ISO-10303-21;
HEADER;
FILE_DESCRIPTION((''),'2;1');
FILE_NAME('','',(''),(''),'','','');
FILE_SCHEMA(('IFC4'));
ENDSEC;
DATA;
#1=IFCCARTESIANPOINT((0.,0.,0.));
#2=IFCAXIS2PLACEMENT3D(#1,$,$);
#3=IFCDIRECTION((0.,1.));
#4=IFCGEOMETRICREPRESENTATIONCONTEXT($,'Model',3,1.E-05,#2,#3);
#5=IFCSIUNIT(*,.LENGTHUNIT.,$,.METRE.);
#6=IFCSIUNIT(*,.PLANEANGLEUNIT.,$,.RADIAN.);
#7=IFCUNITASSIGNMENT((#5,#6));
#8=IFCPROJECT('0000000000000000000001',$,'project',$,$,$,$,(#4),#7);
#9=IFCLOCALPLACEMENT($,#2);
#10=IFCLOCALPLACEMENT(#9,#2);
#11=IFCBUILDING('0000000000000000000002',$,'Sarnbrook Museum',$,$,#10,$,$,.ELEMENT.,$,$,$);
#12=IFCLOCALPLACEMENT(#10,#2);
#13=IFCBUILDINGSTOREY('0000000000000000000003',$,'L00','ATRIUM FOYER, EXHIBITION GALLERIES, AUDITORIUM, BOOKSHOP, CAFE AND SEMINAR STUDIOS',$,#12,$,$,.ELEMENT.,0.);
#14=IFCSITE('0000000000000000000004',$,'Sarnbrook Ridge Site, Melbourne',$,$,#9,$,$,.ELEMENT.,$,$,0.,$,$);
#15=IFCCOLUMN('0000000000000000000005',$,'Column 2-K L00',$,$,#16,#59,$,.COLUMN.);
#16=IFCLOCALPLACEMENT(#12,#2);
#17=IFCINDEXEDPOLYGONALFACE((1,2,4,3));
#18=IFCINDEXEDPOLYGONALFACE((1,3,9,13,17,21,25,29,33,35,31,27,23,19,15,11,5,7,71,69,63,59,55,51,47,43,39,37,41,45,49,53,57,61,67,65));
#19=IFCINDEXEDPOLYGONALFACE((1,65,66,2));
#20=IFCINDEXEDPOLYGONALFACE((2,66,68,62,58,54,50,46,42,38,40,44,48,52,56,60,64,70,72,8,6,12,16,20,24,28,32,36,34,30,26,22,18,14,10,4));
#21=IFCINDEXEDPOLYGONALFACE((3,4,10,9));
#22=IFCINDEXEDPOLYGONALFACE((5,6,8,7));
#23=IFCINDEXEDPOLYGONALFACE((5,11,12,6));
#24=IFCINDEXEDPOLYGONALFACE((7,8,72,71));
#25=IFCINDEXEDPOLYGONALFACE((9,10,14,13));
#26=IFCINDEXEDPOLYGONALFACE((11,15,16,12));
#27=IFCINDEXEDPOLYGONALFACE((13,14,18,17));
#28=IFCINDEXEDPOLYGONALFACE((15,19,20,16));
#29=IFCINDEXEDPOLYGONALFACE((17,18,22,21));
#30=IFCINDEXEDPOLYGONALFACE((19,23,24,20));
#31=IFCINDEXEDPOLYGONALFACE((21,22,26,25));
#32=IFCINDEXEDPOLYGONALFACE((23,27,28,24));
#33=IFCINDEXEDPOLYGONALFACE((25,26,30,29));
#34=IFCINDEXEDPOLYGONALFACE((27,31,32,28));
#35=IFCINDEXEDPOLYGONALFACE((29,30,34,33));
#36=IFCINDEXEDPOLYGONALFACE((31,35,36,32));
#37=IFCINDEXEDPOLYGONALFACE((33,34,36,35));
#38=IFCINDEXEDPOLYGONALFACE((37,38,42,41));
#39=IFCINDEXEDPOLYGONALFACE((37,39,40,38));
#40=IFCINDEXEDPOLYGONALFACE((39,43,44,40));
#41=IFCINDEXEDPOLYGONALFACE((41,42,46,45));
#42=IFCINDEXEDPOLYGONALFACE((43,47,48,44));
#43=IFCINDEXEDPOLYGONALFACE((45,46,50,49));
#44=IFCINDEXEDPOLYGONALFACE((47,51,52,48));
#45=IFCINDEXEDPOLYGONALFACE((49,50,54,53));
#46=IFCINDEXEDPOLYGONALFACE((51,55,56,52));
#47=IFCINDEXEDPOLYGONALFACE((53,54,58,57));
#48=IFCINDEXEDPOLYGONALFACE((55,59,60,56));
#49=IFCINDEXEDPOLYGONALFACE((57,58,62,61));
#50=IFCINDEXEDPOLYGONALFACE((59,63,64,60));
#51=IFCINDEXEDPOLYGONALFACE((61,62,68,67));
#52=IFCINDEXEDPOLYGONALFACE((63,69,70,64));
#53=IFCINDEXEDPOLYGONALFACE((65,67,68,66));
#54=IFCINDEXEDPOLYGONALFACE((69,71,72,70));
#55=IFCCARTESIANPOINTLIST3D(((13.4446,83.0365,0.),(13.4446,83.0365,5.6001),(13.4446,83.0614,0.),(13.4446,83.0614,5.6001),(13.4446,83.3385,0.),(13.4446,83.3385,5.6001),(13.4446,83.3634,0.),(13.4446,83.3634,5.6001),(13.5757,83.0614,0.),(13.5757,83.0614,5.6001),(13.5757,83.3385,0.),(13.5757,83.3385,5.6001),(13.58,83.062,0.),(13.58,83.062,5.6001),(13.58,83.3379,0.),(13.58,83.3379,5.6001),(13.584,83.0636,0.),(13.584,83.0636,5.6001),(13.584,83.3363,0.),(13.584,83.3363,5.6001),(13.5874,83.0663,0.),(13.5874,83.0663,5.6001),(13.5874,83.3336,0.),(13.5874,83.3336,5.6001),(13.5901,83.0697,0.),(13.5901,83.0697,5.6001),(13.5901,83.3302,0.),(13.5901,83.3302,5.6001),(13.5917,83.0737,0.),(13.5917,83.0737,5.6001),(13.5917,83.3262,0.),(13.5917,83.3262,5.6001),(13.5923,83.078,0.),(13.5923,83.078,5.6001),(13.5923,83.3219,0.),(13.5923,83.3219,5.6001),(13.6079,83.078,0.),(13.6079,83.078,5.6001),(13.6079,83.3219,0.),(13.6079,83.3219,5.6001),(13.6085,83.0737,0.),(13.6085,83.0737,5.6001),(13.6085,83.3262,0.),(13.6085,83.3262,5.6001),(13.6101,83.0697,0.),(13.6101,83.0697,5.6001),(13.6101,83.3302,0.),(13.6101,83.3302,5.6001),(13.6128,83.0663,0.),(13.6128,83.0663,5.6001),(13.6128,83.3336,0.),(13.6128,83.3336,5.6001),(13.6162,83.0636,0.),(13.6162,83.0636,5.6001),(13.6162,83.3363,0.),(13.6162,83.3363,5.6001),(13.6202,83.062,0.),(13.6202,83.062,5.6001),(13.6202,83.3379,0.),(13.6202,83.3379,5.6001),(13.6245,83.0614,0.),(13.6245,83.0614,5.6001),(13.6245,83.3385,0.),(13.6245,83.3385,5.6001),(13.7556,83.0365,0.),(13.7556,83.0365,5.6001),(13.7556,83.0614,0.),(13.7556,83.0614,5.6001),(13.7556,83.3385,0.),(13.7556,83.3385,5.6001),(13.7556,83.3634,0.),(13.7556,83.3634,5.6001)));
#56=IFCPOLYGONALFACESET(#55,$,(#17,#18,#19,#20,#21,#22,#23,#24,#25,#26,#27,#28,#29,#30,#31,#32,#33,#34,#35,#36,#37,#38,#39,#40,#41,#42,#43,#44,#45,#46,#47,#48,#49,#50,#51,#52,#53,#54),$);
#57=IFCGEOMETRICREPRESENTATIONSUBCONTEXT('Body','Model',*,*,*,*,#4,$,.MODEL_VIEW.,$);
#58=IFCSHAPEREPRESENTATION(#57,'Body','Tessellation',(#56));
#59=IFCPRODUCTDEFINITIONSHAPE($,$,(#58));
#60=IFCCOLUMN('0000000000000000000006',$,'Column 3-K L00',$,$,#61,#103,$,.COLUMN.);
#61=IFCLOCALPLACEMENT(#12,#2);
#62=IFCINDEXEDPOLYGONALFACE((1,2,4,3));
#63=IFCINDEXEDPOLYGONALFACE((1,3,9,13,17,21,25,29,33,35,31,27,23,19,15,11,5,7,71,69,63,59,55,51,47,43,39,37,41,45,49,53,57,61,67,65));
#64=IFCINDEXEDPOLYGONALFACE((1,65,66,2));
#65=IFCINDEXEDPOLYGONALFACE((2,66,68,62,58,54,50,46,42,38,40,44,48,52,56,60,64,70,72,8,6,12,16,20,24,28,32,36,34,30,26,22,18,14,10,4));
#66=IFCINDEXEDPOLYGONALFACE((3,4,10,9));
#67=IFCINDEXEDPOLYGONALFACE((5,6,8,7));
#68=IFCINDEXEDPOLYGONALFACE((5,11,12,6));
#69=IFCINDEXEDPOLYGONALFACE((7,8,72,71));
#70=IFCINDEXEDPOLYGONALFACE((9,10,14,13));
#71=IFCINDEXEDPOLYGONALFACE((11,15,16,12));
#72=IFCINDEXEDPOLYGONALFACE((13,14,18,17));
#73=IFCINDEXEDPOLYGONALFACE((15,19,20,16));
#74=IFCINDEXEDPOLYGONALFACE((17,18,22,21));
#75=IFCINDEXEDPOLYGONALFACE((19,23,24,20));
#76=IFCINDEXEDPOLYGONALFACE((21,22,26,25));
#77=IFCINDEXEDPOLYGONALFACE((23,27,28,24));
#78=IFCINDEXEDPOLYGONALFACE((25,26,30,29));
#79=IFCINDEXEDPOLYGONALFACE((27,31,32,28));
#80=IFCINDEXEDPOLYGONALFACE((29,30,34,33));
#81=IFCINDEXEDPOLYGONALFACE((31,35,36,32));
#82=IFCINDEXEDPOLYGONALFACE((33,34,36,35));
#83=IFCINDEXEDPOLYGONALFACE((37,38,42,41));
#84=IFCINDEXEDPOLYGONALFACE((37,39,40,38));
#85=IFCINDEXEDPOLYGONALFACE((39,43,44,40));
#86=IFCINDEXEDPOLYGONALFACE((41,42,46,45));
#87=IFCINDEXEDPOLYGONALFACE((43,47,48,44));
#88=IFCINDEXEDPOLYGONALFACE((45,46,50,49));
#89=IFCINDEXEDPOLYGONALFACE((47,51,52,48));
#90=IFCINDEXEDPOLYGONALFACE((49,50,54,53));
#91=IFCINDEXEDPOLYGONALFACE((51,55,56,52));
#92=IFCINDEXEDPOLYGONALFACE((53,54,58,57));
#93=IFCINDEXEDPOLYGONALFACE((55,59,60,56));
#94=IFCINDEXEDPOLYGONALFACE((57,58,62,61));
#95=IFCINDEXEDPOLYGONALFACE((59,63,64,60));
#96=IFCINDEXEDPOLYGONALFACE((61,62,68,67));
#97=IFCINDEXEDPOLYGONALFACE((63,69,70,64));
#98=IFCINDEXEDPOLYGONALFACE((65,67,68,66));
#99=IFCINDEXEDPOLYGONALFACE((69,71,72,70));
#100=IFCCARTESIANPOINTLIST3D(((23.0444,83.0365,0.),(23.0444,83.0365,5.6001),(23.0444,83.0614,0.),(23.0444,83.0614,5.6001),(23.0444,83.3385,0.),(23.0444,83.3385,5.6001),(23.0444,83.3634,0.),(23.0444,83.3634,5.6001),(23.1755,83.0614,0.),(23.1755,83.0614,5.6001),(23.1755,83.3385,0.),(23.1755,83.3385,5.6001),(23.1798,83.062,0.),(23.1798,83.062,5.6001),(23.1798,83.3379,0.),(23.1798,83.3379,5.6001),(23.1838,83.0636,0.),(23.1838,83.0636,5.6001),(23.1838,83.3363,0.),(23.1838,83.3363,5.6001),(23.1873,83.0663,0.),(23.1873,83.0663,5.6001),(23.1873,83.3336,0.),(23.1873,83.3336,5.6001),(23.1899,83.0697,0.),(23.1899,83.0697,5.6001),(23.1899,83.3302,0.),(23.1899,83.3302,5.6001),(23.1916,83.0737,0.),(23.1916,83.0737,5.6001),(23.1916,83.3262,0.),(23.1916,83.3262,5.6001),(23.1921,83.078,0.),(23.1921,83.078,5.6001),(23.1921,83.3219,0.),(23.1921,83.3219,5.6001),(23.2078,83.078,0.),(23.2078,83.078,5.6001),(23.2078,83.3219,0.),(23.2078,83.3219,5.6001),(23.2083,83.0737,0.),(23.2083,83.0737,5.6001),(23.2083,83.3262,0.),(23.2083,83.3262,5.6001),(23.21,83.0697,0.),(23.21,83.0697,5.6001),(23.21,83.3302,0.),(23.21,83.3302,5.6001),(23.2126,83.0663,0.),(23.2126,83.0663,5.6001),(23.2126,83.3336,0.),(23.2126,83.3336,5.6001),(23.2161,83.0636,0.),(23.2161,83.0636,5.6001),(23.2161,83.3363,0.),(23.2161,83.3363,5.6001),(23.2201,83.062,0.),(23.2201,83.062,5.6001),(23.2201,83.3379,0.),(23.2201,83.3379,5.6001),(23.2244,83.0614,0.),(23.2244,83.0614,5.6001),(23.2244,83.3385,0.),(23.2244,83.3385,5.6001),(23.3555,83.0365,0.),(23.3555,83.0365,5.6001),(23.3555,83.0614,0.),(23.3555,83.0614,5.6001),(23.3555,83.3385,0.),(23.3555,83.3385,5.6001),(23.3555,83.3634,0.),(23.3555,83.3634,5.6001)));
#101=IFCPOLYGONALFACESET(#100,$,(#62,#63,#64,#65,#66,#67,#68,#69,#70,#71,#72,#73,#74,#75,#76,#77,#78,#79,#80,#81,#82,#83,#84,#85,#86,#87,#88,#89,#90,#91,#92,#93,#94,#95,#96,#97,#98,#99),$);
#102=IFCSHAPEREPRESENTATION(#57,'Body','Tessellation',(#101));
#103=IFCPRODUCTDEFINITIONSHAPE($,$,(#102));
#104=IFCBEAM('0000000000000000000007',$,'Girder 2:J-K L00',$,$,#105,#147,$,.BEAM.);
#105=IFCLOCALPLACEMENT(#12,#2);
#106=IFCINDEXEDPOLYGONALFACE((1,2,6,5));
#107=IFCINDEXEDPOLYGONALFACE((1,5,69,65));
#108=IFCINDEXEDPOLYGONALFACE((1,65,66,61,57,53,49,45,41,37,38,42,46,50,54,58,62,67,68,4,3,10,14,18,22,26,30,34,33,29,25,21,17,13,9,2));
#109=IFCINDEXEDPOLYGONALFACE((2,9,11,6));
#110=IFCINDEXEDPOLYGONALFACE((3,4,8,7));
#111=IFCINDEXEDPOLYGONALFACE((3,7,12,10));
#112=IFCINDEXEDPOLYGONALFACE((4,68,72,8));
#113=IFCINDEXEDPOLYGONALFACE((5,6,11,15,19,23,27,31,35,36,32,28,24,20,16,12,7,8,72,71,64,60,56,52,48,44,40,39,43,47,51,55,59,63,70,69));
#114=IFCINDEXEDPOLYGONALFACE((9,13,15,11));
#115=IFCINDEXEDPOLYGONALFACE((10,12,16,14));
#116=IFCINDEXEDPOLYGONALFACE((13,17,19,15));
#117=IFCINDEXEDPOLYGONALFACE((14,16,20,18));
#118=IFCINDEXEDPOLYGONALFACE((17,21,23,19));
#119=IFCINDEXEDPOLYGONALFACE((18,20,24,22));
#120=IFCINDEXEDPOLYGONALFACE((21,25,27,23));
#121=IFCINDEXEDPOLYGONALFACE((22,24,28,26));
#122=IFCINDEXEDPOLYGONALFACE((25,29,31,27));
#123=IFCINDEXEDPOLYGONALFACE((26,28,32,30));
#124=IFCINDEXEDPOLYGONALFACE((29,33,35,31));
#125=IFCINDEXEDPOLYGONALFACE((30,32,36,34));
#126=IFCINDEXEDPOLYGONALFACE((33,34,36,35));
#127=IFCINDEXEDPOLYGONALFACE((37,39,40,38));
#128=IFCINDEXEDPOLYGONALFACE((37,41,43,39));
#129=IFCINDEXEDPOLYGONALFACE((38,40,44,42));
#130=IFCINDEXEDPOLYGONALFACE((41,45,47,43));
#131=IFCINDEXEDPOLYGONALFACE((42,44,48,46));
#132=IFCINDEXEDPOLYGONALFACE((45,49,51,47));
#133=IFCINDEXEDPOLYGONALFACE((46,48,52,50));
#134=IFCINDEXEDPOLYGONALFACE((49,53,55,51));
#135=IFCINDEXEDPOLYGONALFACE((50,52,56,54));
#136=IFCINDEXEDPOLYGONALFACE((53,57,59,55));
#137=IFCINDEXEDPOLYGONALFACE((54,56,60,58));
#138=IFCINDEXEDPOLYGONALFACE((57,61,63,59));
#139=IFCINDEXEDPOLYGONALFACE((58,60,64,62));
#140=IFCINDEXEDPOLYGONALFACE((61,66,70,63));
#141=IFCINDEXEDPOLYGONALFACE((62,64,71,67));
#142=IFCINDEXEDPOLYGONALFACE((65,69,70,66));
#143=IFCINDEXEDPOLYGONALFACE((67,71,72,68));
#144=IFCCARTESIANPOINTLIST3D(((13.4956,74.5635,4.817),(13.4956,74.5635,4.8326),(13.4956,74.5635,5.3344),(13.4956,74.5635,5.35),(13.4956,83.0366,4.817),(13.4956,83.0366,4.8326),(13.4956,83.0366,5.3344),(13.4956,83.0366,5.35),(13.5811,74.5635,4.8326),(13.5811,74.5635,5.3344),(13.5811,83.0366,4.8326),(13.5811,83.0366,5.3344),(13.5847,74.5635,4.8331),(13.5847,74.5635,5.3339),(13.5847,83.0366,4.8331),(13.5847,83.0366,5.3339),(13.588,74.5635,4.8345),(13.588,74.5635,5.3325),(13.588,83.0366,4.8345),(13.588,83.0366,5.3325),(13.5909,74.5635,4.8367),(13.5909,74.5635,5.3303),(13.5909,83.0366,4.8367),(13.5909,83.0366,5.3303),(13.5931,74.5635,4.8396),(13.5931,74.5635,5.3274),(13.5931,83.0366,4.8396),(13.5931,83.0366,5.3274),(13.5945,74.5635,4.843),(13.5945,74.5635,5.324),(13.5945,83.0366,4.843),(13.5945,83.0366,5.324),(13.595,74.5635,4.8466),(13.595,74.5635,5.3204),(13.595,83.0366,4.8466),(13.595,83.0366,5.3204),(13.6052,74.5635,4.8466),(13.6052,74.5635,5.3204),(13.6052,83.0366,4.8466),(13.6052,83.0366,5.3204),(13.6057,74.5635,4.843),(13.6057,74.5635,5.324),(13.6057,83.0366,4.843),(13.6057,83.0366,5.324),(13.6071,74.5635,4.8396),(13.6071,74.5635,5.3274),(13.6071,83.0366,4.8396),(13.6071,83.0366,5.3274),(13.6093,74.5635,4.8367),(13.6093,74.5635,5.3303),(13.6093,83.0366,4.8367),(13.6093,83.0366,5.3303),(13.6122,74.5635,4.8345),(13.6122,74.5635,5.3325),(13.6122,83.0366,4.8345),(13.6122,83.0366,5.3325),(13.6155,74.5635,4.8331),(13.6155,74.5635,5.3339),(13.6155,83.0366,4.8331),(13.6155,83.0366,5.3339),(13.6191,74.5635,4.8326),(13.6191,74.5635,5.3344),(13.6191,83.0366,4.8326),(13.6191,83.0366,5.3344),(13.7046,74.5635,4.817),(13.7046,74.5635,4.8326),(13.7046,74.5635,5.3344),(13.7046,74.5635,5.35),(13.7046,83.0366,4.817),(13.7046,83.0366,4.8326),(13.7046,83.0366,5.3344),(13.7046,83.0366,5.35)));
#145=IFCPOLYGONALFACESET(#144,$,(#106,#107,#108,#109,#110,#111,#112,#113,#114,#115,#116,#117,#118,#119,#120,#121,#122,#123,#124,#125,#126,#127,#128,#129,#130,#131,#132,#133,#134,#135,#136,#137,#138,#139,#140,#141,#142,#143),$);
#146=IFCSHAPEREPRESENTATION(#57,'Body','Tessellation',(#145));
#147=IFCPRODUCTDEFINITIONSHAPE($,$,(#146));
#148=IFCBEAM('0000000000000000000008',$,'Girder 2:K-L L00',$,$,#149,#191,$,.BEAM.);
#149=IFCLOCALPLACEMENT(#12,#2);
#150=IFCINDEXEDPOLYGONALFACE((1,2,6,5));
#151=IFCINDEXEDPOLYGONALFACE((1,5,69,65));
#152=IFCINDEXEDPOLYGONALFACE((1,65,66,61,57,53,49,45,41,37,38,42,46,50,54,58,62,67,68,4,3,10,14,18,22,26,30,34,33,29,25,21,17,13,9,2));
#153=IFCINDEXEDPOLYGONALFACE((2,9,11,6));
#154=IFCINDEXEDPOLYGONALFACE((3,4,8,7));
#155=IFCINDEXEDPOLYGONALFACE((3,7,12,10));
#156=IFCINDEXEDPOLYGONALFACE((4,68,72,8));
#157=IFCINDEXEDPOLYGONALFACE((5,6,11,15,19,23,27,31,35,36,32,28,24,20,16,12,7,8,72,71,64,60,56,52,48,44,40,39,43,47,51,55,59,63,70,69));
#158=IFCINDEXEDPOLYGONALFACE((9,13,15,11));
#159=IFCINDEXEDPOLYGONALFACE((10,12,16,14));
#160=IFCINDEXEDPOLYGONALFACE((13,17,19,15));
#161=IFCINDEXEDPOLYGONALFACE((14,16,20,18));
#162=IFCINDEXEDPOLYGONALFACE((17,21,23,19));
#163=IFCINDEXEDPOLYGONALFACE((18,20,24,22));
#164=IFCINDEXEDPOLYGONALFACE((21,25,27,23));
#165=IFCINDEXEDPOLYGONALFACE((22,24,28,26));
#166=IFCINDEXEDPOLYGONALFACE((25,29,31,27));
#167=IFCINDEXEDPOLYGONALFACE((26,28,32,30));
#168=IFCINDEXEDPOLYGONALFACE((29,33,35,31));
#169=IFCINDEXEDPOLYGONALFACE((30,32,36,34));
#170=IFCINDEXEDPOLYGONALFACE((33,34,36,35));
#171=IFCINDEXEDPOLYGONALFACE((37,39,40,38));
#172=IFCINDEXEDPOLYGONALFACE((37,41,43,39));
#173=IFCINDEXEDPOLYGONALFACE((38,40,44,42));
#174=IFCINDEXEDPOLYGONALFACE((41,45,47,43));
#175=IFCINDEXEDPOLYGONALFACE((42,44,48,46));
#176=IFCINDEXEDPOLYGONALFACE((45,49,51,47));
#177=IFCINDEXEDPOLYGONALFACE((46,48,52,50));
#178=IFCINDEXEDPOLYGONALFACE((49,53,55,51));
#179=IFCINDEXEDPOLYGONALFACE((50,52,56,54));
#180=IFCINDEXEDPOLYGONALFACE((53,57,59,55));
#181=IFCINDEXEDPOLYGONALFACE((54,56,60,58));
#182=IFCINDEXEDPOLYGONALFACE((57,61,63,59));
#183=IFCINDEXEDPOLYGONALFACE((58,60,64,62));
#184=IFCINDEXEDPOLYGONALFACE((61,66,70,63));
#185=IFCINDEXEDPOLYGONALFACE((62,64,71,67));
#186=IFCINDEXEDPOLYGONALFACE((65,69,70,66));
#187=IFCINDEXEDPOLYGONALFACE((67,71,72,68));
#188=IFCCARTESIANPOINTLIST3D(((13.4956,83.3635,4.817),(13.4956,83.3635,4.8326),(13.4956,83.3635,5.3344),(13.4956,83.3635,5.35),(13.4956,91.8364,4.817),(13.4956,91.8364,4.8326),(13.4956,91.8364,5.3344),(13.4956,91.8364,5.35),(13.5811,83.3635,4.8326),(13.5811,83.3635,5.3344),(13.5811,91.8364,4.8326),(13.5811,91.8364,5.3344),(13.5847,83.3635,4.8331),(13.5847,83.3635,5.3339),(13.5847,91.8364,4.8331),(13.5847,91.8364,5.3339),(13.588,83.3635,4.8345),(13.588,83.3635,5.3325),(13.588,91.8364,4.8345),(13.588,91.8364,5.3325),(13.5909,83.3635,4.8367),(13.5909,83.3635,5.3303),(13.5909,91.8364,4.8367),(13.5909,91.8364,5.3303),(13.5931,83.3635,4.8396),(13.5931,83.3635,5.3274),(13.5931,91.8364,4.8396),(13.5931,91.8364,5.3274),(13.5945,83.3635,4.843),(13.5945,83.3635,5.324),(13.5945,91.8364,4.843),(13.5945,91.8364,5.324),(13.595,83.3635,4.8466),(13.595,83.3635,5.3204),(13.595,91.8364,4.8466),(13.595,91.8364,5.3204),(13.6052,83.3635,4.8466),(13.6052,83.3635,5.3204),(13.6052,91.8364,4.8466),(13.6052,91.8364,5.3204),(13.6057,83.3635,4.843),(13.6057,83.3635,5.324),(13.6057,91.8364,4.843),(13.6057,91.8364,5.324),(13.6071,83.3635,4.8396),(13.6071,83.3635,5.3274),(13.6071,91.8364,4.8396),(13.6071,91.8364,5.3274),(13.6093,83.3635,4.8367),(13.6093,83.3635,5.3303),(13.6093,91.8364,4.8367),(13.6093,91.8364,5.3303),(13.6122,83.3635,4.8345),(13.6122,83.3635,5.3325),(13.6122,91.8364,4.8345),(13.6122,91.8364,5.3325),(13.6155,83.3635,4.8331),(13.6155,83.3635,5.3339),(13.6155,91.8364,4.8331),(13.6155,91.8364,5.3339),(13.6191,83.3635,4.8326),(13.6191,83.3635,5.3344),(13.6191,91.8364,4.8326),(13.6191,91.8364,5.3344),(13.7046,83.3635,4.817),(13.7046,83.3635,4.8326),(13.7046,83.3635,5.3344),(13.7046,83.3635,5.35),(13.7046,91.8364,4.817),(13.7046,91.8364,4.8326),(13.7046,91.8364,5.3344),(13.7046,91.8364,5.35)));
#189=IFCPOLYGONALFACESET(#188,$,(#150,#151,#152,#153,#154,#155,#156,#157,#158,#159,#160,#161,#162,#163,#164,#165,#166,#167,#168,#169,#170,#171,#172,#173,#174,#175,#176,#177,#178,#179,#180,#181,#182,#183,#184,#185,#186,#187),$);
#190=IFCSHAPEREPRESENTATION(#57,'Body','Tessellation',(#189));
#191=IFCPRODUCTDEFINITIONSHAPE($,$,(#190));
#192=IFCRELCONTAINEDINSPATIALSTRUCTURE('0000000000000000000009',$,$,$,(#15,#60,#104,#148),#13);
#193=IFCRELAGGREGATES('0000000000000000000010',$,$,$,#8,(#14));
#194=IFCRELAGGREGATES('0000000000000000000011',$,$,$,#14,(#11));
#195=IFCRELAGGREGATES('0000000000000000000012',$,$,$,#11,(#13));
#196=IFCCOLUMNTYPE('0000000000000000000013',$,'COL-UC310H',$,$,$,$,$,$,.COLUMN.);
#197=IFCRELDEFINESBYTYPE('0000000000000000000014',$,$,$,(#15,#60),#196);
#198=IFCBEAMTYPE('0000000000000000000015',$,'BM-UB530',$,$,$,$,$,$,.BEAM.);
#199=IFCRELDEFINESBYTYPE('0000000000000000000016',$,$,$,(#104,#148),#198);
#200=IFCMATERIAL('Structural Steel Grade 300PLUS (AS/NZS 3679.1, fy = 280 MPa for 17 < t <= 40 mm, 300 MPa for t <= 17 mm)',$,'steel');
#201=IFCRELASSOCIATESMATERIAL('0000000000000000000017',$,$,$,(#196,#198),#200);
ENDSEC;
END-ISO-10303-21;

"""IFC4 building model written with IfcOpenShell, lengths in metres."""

from ifc_helpers import new_model, si_unit, direction, frame, origin, origin_2d, place, context, subcontext, project, spatial, i_section, extrude, material, material_profile, profile_set, type_object, element, save


model = new_model("IFC4")

# Units and contexts
model_context = context("Model", 3, precision=1e-05, world=origin(), true_north=direction((0.0, 1.0)))
body_context = subcontext(model_context, "Body", "Model", "MODEL_VIEW")
ifc_project = project(units=[si_unit("LENGTHUNIT", "METRE"), si_unit("PLANEANGLEUNIT", "RADIAN")], contexts=[model_context])

# Site, building, storey
site_placement = place(None, origin())
site = spatial("IfcSite", under=ifc_project, at=site_placement, Name="Sarnbrook Ridge Site, Melbourne", CompositionType="ELEMENT", RefElevation=0.0)
building_placement = place(site_placement, origin())
building = spatial("IfcBuilding", under=site, at=building_placement, Name="Sarnbrook Museum", CompositionType="ELEMENT")
storey_placement = place(building_placement, origin())
storey = spatial("IfcBuildingStorey", under=building, at=storey_placement, Name="L00", Description="ATRIUM FOYER, EXHIBITION GALLERIES, AUDITORIUM, BOOKSHOP, CAFE AND SEMINAR STUDIOS", CompositionType="ELEMENT", Elevation=0.0)

# Columns
ifc_material_1 = material(Name="Structural Steel Grade 300PLUS (AS/NZS 3679.1, fy = 280 MPa for 17 < t <= 40 mm, 300 MPa for t <= 17 mm)", Category="steel")
ifc_material_profile_1 = material_profile(ifc_material_1, i_section(OverallWidth=0.311, OverallDepth=0.3269, WebThickness=0.0156, FlangeThickness=0.0249, FilletRadius=0.0166, at=origin_2d()), Name="310UC158")
ifc_profile_set_1 = profile_set([ifc_material_profile_1], Name="Structural Steel Grade 300PLUS (AS/NZS 3679.1, fy = 280 MPa for 17 < t <= 40 mm, 300 MPa for t <= 17 mm)")
column_type = type_object("IfcColumnType", Name="COL-UC310H", PredefinedType="COLUMN", material=ifc_profile_set_1)
for number, where, z_axis, x_axis, name in (
    (1, (13.6001, 83.2, 0.0), (0.0, 0.0, 1.0), (1.0, 0.0, 0.0), "Column 2-K L00"),
    (2, (23.2, 83.2, 0.0), (0.0, 0.0, 1.0), (1.0, 0.0, 0.0), "Column 3-K L00"),
):
    element("IfcColumn", number, at=place(storey_placement, frame(where, z_axis=z_axis, x_axis=x_axis)), inside=storey, type_object=column_type, Name=name, PredefinedType="COLUMN", context=body_context, shape_type="SweptSolid", body=[
        extrude(i_section(OverallWidth=0.311, OverallDepth=0.3269, WebThickness=0.0156, FlangeThickness=0.0249, FilletRadius=0.0166, at=origin_2d()), origin(), (0.0, 0.0, 1.0), 5.6001),
    ])

# Beams
ifc_material_profile_2 = material_profile(ifc_material_1, i_section(OverallWidth=0.209, OverallDepth=0.533, WebThickness=0.0103, FlangeThickness=0.0156, FilletRadius=0.0139, at=origin_2d()), Name="530UB92.4")
ifc_profile_set_2 = profile_set([ifc_material_profile_2], Name="Structural Steel Grade 300PLUS (AS/NZS 3679.1, fy = 280 MPa for 17 < t <= 40 mm, 300 MPa for t <= 17 mm)")
beam_type_1 = type_object("IfcBeamType", Name="BM-UB530", PredefinedType="BEAM", material=ifc_profile_set_2)
beam_1_placement = place(storey_placement, frame((13.6001, 74.5635, 5.0835), z_axis=(0.0, 1.0, 0.0), x_axis=(-1.0, 0.0, 0.0)))
element("IfcBeam", 3, at=beam_1_placement, inside=storey, type_object=beam_type_1, Name="Girder 2:J-K L00", PredefinedType="BEAM", context=body_context, shape_type="SweptSolid", body=[
    extrude(i_section(OverallWidth=0.209, OverallDepth=0.533, WebThickness=0.0103, FlangeThickness=0.0156, FilletRadius=0.0139, at=origin_2d()), origin(), (0.0, 0.0, 1.0), 8.4731),
])
beam_2_placement = place(storey_placement, frame((13.6001, 83.3635, 5.0835), z_axis=(0.0, 1.0, 0.0), x_axis=(-1.0, 0.0, 0.0)))
element("IfcBeam", 4, at=beam_2_placement, inside=storey, type_object=beam_type_1, Name="Girder 2:K-L L00", PredefinedType="BEAM", context=body_context, shape_type="SweptSolid", body=[
    extrude(i_section(OverallWidth=0.209, OverallDepth=0.533, WebThickness=0.0103, FlangeThickness=0.0156, FilletRadius=0.0139, at=origin_2d()), origin(), (0.0, 0.0, 1.0), 8.4729),
])

save(model, "model.ifc")
